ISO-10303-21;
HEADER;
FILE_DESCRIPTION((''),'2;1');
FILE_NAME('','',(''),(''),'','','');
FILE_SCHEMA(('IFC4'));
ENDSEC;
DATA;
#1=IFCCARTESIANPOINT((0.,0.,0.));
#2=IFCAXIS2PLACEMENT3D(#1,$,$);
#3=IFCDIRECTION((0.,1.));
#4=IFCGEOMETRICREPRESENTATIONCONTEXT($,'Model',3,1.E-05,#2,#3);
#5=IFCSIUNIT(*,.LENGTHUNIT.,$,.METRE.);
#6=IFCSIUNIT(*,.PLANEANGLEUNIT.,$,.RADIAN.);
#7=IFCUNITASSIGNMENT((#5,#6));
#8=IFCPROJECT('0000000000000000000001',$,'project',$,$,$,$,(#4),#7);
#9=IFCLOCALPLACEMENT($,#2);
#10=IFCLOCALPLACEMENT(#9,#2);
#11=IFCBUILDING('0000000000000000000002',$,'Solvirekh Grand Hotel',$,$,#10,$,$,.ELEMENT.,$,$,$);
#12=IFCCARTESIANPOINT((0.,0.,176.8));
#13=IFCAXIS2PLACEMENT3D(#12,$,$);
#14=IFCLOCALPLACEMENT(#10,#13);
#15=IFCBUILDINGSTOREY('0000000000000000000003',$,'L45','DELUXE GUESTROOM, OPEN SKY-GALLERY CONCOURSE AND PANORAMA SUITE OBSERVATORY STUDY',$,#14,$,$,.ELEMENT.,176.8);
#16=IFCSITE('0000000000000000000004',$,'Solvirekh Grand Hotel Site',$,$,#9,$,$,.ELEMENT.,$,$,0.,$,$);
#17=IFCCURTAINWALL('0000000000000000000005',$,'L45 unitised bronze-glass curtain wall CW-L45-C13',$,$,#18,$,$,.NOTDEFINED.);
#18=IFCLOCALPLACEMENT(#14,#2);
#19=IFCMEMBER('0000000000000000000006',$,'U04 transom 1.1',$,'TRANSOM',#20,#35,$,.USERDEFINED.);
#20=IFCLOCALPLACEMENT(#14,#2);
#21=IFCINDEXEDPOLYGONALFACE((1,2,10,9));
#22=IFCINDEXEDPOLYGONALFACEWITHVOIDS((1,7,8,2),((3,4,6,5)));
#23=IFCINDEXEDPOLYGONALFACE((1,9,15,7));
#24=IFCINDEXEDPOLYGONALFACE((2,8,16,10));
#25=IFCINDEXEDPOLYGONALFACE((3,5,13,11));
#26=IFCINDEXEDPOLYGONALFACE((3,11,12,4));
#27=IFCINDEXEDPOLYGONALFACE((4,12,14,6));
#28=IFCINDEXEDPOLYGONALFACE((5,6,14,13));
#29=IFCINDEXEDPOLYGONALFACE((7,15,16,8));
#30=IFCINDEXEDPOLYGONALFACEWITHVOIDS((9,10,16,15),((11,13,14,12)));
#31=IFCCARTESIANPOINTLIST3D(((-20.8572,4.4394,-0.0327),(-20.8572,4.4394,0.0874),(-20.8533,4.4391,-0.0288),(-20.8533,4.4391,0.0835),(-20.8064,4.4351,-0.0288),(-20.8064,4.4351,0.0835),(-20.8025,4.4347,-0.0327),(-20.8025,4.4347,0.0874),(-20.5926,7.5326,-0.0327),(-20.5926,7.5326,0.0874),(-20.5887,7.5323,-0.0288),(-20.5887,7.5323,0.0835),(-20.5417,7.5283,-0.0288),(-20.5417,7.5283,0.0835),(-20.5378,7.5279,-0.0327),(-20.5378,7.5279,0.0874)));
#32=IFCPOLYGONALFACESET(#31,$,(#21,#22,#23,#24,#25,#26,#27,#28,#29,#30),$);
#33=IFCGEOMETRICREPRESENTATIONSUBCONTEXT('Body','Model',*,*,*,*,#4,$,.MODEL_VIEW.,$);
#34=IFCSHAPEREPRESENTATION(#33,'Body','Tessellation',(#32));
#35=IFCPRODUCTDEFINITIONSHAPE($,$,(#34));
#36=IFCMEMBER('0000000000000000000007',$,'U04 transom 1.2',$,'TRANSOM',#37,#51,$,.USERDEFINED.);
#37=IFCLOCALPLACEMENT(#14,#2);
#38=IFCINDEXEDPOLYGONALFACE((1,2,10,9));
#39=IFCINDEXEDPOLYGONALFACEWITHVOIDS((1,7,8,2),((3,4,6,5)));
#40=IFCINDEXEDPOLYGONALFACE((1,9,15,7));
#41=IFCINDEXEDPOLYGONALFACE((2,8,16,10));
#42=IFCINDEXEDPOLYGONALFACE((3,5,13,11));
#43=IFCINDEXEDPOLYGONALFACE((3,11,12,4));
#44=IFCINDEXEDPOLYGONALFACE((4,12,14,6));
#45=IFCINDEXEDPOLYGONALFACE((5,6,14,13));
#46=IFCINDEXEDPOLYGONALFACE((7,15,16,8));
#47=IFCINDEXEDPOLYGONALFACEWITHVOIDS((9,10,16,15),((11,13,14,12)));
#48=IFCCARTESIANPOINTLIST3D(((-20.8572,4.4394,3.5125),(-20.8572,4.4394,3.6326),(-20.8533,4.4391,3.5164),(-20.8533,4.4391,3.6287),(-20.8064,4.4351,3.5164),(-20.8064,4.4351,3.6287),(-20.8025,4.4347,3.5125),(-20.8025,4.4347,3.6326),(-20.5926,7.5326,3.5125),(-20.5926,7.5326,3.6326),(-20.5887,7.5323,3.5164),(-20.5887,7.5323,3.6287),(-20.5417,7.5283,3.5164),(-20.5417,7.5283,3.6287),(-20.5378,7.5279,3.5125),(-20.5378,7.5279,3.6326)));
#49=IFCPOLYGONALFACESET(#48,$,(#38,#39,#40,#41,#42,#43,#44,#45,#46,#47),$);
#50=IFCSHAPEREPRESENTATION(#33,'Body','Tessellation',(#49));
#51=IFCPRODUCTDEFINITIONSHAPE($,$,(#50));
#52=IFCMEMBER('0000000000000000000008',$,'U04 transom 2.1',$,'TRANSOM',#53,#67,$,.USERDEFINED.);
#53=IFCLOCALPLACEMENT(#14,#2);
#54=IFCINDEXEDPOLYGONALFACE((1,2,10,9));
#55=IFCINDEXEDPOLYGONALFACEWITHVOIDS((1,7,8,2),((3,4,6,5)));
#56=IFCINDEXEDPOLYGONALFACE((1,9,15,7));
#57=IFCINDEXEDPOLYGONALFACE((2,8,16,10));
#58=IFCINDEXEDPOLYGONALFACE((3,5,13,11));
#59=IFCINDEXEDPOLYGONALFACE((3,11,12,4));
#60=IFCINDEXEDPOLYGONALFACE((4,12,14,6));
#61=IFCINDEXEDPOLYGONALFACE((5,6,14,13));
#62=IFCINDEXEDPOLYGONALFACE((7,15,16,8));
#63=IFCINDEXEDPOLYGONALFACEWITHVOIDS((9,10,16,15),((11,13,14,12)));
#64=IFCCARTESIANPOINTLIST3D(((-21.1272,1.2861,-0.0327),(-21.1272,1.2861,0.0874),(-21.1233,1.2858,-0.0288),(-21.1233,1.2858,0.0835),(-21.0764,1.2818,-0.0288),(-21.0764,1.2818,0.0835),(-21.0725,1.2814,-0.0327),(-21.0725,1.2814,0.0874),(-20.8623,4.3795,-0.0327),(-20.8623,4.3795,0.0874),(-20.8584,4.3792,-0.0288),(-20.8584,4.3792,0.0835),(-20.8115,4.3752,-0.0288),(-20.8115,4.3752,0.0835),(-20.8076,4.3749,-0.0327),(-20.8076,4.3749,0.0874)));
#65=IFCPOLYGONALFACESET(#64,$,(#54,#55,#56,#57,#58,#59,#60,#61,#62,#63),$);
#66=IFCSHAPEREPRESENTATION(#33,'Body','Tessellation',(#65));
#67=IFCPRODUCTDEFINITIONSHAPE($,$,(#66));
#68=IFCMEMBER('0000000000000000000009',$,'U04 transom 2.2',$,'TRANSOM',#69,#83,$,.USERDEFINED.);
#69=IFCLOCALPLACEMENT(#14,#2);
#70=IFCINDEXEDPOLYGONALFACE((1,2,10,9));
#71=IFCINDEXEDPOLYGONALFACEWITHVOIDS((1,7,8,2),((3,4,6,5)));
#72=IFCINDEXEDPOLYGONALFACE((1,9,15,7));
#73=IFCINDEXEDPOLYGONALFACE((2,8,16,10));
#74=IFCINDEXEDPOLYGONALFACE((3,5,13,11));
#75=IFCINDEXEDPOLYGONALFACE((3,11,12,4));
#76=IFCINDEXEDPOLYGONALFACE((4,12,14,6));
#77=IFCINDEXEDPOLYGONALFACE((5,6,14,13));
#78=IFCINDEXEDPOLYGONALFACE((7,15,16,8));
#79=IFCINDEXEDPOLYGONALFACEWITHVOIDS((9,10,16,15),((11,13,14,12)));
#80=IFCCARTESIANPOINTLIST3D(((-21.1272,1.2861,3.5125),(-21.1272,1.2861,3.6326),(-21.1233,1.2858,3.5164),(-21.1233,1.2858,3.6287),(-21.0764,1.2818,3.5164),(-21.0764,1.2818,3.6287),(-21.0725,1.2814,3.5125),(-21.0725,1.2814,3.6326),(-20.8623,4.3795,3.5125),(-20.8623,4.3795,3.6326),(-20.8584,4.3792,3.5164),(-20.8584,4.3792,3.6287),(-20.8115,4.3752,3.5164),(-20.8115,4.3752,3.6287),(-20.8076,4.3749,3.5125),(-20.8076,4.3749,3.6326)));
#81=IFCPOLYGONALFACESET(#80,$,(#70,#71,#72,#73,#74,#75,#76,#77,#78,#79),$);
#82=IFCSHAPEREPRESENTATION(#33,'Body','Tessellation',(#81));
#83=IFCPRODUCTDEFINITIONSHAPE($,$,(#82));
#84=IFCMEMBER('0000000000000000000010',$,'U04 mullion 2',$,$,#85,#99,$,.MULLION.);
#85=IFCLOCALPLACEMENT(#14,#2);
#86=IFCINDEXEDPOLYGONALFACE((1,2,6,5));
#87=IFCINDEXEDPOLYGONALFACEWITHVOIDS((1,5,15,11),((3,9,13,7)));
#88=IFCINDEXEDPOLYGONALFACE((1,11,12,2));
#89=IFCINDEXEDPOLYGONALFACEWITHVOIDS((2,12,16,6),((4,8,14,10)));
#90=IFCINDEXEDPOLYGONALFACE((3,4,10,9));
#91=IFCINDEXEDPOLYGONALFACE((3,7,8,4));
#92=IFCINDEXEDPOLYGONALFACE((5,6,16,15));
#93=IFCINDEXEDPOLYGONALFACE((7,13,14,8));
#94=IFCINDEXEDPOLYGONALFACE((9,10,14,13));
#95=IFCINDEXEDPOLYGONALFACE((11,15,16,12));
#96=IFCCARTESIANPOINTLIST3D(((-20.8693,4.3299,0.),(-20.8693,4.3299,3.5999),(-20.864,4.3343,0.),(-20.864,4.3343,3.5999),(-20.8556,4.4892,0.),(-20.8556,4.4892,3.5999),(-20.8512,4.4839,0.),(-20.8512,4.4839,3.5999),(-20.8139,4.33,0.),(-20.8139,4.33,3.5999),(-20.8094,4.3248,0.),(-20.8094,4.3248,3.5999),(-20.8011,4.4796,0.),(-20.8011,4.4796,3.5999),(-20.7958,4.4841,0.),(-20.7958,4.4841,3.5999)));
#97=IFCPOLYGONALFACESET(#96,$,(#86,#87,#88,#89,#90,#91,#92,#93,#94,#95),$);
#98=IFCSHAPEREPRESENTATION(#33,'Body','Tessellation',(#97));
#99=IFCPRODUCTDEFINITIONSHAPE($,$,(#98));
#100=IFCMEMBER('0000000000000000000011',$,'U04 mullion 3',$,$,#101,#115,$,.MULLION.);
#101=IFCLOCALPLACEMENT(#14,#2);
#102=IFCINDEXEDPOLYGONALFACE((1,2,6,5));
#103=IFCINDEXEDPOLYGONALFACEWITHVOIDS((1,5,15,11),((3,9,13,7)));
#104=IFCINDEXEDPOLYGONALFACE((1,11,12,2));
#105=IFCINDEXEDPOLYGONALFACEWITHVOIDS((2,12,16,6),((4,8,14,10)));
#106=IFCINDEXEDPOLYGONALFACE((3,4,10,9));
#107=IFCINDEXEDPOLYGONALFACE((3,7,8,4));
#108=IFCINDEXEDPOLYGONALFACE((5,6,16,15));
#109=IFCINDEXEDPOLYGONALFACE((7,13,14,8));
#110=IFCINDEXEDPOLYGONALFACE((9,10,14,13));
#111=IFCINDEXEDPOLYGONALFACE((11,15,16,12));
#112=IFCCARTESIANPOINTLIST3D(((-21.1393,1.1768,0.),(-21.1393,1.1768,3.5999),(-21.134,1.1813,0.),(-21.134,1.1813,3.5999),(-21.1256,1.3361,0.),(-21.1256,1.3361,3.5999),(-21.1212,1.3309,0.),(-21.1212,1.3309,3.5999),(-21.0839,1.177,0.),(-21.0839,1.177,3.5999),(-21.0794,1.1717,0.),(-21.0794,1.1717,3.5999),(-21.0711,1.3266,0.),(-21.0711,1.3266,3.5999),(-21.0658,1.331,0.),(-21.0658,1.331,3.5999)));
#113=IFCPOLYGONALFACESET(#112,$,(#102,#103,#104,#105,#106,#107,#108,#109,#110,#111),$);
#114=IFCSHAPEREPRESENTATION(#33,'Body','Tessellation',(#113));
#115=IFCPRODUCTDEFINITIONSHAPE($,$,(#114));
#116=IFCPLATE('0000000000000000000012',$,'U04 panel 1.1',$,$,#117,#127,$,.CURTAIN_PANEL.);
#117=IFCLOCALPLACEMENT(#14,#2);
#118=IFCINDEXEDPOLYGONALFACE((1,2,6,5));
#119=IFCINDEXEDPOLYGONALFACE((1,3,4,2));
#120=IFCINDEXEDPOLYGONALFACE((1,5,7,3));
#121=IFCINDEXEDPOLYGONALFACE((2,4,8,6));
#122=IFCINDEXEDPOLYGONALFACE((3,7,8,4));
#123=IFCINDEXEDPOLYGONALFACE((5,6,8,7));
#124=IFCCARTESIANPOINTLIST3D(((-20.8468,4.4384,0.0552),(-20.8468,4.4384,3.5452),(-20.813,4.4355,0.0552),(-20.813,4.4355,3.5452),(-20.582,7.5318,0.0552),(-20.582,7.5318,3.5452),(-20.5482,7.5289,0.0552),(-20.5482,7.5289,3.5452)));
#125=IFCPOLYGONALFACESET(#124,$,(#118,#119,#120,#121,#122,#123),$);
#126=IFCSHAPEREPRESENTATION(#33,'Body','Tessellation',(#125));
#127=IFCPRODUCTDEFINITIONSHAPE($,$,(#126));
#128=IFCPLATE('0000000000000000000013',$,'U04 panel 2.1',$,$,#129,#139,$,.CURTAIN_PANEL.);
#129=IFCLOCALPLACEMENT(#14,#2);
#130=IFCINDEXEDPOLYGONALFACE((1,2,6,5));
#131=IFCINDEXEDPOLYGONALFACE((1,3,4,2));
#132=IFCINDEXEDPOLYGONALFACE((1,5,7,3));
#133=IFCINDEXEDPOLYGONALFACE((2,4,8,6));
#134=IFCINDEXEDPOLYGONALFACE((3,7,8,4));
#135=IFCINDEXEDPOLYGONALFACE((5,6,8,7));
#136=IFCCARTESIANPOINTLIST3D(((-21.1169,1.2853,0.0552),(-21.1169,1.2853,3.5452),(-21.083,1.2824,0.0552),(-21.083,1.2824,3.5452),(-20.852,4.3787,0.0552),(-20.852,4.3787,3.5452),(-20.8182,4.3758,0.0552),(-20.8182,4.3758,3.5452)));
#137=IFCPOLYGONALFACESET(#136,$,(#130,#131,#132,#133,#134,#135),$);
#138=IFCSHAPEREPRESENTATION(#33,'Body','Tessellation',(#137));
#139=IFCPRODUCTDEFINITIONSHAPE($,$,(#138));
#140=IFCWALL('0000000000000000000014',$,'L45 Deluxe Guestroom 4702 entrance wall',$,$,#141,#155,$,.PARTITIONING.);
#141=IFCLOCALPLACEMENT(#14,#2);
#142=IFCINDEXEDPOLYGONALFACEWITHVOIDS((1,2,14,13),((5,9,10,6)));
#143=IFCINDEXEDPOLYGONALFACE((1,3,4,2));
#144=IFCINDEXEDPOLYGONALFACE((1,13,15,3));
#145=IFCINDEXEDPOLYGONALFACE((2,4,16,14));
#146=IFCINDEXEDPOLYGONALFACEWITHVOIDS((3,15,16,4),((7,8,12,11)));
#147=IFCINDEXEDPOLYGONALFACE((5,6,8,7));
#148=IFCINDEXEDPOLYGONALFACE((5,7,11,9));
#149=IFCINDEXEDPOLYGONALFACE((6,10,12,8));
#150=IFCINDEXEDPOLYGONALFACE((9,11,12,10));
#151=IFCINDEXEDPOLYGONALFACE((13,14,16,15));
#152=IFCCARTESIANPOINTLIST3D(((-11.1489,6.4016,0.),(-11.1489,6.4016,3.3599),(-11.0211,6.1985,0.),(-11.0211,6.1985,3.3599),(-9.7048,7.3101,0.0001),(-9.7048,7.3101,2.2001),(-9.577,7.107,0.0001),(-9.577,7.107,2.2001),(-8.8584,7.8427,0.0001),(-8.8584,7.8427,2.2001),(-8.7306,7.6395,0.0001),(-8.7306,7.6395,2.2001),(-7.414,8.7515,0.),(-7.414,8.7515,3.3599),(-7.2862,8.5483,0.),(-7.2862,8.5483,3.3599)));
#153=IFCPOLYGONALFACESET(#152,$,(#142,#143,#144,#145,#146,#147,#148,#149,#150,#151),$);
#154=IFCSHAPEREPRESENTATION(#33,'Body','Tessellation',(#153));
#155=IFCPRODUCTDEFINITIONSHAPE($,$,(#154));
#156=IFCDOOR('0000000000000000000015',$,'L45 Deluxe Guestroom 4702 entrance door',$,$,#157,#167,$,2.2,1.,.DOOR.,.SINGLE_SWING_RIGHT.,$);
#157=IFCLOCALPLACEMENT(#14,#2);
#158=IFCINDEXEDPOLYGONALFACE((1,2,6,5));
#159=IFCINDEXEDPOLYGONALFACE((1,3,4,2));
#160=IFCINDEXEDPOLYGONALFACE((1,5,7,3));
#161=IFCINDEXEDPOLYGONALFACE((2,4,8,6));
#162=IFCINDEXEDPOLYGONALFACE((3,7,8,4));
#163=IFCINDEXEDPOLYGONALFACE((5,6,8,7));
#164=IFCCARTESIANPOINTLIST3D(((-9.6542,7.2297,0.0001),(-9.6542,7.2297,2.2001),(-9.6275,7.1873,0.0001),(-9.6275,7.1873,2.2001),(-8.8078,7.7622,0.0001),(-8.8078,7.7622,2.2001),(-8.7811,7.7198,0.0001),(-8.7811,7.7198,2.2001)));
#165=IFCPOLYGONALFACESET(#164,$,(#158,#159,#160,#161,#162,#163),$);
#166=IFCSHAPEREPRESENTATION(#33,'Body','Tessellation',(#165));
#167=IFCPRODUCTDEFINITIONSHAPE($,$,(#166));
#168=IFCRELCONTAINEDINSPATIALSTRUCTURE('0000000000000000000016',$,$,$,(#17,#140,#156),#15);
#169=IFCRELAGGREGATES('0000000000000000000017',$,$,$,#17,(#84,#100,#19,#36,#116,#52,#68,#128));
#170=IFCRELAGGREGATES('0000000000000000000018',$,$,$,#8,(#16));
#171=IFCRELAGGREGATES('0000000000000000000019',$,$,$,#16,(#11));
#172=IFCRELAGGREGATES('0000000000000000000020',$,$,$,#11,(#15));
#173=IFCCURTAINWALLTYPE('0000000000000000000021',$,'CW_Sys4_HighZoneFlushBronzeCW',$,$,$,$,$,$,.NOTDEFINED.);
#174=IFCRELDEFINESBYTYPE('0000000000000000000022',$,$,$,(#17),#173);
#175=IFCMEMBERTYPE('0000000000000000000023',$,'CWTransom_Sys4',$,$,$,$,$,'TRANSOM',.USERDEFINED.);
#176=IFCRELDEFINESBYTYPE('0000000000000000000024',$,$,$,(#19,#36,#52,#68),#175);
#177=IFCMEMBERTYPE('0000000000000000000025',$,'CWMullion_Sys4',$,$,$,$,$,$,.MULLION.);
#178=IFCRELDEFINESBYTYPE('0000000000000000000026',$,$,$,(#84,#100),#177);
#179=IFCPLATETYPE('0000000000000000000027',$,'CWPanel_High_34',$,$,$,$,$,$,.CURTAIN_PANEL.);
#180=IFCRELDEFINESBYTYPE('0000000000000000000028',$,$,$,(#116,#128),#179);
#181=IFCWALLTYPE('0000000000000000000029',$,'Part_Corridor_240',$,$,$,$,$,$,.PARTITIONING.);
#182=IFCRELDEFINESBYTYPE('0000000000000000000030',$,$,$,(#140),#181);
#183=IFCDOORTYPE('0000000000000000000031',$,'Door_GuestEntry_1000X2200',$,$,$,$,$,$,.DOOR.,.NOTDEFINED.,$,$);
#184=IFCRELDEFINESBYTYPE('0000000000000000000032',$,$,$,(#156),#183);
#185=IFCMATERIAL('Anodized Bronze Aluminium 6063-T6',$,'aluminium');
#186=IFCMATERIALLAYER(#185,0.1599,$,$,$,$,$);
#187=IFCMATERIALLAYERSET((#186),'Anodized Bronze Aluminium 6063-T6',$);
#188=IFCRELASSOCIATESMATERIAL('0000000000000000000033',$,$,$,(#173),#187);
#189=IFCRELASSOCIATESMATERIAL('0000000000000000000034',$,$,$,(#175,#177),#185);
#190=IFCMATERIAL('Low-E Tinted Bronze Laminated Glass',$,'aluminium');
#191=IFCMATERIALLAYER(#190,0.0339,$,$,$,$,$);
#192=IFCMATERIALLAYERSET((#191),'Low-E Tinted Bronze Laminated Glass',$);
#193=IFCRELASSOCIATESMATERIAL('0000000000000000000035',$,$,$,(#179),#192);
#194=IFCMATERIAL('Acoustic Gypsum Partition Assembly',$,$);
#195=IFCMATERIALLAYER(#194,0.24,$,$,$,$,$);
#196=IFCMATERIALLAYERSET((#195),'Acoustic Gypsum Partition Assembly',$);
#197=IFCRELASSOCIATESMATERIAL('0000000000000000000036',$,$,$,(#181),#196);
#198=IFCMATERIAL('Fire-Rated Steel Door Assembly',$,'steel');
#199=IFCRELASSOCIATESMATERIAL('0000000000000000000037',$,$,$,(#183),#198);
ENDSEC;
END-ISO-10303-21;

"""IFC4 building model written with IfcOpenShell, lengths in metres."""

from ifc_helpers import new_model, si_unit, direction, frame, frame_2d, origin, origin_2d, place, context, subcontext, project, spatial, rectangle, hollow_rectangle, extrude, source, transform, mapped, material, layer, layer_set, material_profile, profile_set, type_object, element, fill, aggregate, save


model = new_model("IFC4")

# Units and contexts
model_context = context("Model", 3, precision=1e-05, world=origin(), true_north=direction((0.0, 1.0)))
body_context = subcontext(model_context, "Body", "Model", "MODEL_VIEW")
ifc_project = project(units=[si_unit("LENGTHUNIT", "METRE"), si_unit("PLANEANGLEUNIT", "RADIAN")], contexts=[model_context])

# Site, building, storey
site_placement = place(None, origin())
site = spatial("IfcSite", under=ifc_project, at=site_placement, Name="Solvirekh Grand Hotel Site", CompositionType="ELEMENT", RefElevation=0.0)
building_placement = place(site_placement, origin())
building = spatial("IfcBuilding", under=site, at=building_placement, Name="Solvirekh Grand Hotel", CompositionType="ELEMENT")
storey_placement = place(building_placement, frame((0.0, 0.0, 176.8)))
storey = spatial("IfcBuildingStorey", under=building, at=storey_placement, Name="L45", Description="DELUXE GUESTROOM, OPEN SKY-GALLERY CONCOURSE AND PANORAMA SUITE OBSERVATORY STUDY", CompositionType="ELEMENT", Elevation=176.8)

# Curtain wall, members, plates
ifc_material_1 = material(Name="Anodized Bronze Aluminium 6063-T6", Category="aluminium")
ifc_layer_1 = layer(ifc_material_1, 0.1599)
ifc_layer_set_1 = layer_set([ifc_layer_1], Name="Anodized Bronze Aluminium 6063-T6")
curtain_wall_type = type_object("IfcCurtainWallType", Name="CW_Sys4_HighZoneFlushBronzeCW", PredefinedType="NOTDEFINED", material=ifc_layer_set_1)
curtain_wall_placement = place(storey_placement, origin())
curtain_wall = element("IfcCurtainWall", 1, at=curtain_wall_placement, inside=storey, type_object=curtain_wall_type, Name="L45 unitised bronze-glass curtain wall CW-L45-C13", PredefinedType="NOTDEFINED")
ifc_material_profile_1 = material_profile(ifc_material_1, hollow_rectangle(XDim=0.0549, YDim=0.1201, WallThickness=0.0039, at=origin_2d()), Name="ALU RHS 120X55X4")
ifc_profile_set_1 = profile_set([ifc_material_profile_1], Name="Anodized Bronze Aluminium 6063-T6")
member_type_1 = type_object("IfcMemberType", Name="CWTransom_Sys4", ElementType="TRANSOM", PredefinedType="USERDEFINED", material=ifc_profile_set_1)
shared_shape_1 = source(origin(), body_context, "Body", "SweptSolid", [
    extrude(hollow_rectangle(XDim=0.0549, YDim=0.1201, WallThickness=0.0039, at=origin_2d()), origin(), (0.0, 0.0, 1.0), 3.1045),
])
member_1_placement = place(storey_placement, frame((-20.5652, 7.5303, 0.0273), z_axis=(-0.085245, -0.99636, 0.0), x_axis=(0.99636, -0.085245, 0.0)))
member_1 = element("IfcMember", 2, at=member_1_placement, type_object=member_type_1, Name="U04 transom 1.1", ObjectType="TRANSOM", PredefinedType="USERDEFINED", context=body_context, shape_type="MappedRepresentation", body=[
    mapped(shared_shape_1, transform((0.0, 0.0, 0.0), x_axis=(1.0, 0.0, 0.0), y_axis=(0.0, 1.0, 0.0), z_axis=(0.0, 0.0, 1.0), scale=1.0)),
])
member_2_placement = place(storey_placement, frame((-20.5652, 7.5303, 3.5725), z_axis=(-0.085245, -0.99636, 0.0), x_axis=(0.99636, -0.085245, 0.0)))
member_2 = element("IfcMember", 3, at=member_2_placement, type_object=member_type_1, Name="U04 transom 1.2", ObjectType="TRANSOM", PredefinedType="USERDEFINED", context=body_context, shape_type="MappedRepresentation", body=[
    mapped(shared_shape_1, transform((0.0, 0.0, 0.0), x_axis=(1.0, 0.0, 0.0), y_axis=(0.0, 1.0, 0.0), z_axis=(0.0, 0.0, 1.0), scale=1.0)),
])
shared_shape_2 = source(origin(), body_context, "Body", "SweptSolid", [
    extrude(hollow_rectangle(XDim=0.0549, YDim=0.1201, WallThickness=0.0039, at=origin_2d()), origin(), (0.0, 0.0, 1.0), 3.1047),
])
member_3_placement = place(storey_placement, frame((-20.835, 4.3772, 0.0273), z_axis=(-0.085316, -0.996354, 0.0), x_axis=(0.996354, -0.085316, 0.0)))
member_3 = element("IfcMember", 4, at=member_3_placement, type_object=member_type_1, Name="U04 transom 2.1", ObjectType="TRANSOM", PredefinedType="USERDEFINED", context=body_context, shape_type="MappedRepresentation", body=[
    mapped(shared_shape_2, transform((0.0, 0.0, 0.0), x_axis=(1.0, 0.0, 0.0), y_axis=(0.0, 1.0, 0.0), z_axis=(0.0, 0.0, 1.0), scale=1.0)),
])
member_4_placement = place(storey_placement, frame((-20.835, 4.3772, 3.5725), z_axis=(-0.085316, -0.996354, 0.0), x_axis=(0.996354, -0.085316, 0.0)))
member_4 = element("IfcMember", 5, at=member_4_placement, type_object=member_type_1, Name="U04 transom 2.2", ObjectType="TRANSOM", PredefinedType="USERDEFINED", context=body_context, shape_type="MappedRepresentation", body=[
    mapped(shared_shape_2, transform((0.0, 0.0, 0.0), x_axis=(1.0, 0.0, 0.0), y_axis=(0.0, 1.0, 0.0), z_axis=(0.0, 0.0, 1.0), scale=1.0)),
])
ifc_material_profile_2 = material_profile(ifc_material_1, hollow_rectangle(XDim=0.0601, YDim=0.1599, WallThickness=0.0049, at=origin_2d()), Name="ALU RHS 160X60X5")
ifc_profile_set_2 = profile_set([ifc_material_profile_2], Name="Anodized Bronze Aluminium 6063-T6")
member_type_2 = type_object("IfcMemberType", Name="CWMullion_Sys4", PredefinedType="MULLION", material=ifc_profile_set_2)
shared_shape_3 = source(origin(), body_context, "Body", "SweptSolid", [
    extrude(hollow_rectangle(XDim=0.0601, YDim=0.1599, WallThickness=0.0049, at=origin_2d()), origin(), (0.0, 0.0, 1.0), 3.5999),
])
member_5_placement = place(storey_placement, frame((-20.8325, 4.407, 0.0), z_axis=(0.0, 0.0, 1.0), x_axis=(0.996355, -0.085299, 0.0)))
member_5 = element("IfcMember", 6, at=member_5_placement, type_object=member_type_2, Name="U04 mullion 2", PredefinedType="MULLION", context=body_context, shape_type="MappedRepresentation", body=[
    mapped(shared_shape_3, transform((0.0, 0.0, 0.0), x_axis=(1.0, 0.0, 0.0), y_axis=(0.0, 1.0, 0.0), z_axis=(0.0, 0.0, 1.0), scale=1.0)),
])
member_6_placement = place(storey_placement, frame((-21.1025, 1.2539, 0.0), z_axis=(0.0, 0.0, 1.0), x_axis=(0.996355, -0.085299, 0.0)))
member_6 = element("IfcMember", 7, at=member_6_placement, type_object=member_type_2, Name="U04 mullion 3", PredefinedType="MULLION", context=body_context, shape_type="MappedRepresentation", body=[
    mapped(shared_shape_3, transform((0.0, 0.0, 0.0), x_axis=(1.0, 0.0, 0.0), y_axis=(0.0, 1.0, 0.0), z_axis=(0.0, 0.0, 1.0), scale=1.0)),
])
ifc_material_2 = material(Name="Low-E Tinted Bronze Laminated Glass", Category="aluminium")
ifc_layer_2 = layer(ifc_material_2, 0.0339)
ifc_layer_set_2 = layer_set([ifc_layer_2], Name="Low-E Tinted Bronze Laminated Glass")
plate_type = type_object("IfcPlateType", Name="CWPanel_High_34", PredefinedType="CURTAIN_PANEL", material=ifc_layer_set_2)
shared_shape_4 = source(origin(), body_context, "Body", "SweptSolid", [
    extrude(rectangle(XDim=3.1047, YDim=0.0339, at=origin_2d()), origin(), (0.0, 0.0, 1.0), 3.49),
])
plate_1_placement = place(storey_placement, frame((-20.6975, 5.9836, 0.0552), z_axis=(0.0, 0.0, 1.0), x_axis=(-0.085299, -0.996355, 0.0)))
plate_1 = element("IfcPlate", 8, at=plate_1_placement, type_object=plate_type, Name="U04 panel 1.1", PredefinedType="CURTAIN_PANEL", context=body_context, shape_type="MappedRepresentation", body=[
    mapped(shared_shape_4, transform((0.0, 0.0, 0.0), x_axis=(1.0, 0.0, 0.0), y_axis=(0.0, 1.0, 0.0), z_axis=(0.0, 0.0, 1.0), scale=1.0)),
])
plate_2_placement = place(storey_placement, frame((-20.9675, 2.8306, 0.0552), z_axis=(0.0, 0.0, 1.0), x_axis=(-0.085299, -0.996355, 0.0)))
plate_2 = element("IfcPlate", 9, at=plate_2_placement, type_object=plate_type, Name="U04 panel 2.1", PredefinedType="CURTAIN_PANEL", context=body_context, shape_type="MappedRepresentation", body=[
    mapped(shared_shape_4, transform((0.0, 0.0, 0.0), x_axis=(1.0, 0.0, 0.0), y_axis=(0.0, 1.0, 0.0), z_axis=(0.0, 0.0, 1.0), scale=1.0)),
])
aggregate(curtain_wall, [member_5, member_6, member_1, member_2, plate_1, member_3, member_4, plate_2])

# Wall, opening, door
ifc_material_3 = material(Name="Acoustic Gypsum Partition Assembly")
ifc_layer_3 = layer(ifc_material_3, 0.24)
ifc_layer_set_3 = layer_set([ifc_layer_3], Name="Acoustic Gypsum Partition Assembly")
wall_type_1 = type_object("IfcWallType", Name="Part_Corridor_240", PredefinedType="PARTITIONING", material=ifc_layer_set_3)
wall_1_placement = place(storey_placement, frame((-11.085, 6.3, 0.0), z_axis=(0.0, 0.0, 1.0), x_axis=(0.846409, 0.532533, 0.0)))
wall_1 = element("IfcWall", 10, at=wall_1_placement, inside=storey, type_object=wall_type_1, Name="L45 Deluxe Guestroom 4702 entrance wall", PredefinedType="PARTITIONING", context=body_context, shape_type="SweptSolid", body=[
    extrude(rectangle(XDim=4.4126, YDim=0.24, at=frame_2d((2.2063, 0.0))), origin(), (0.0, 0.0, 1.0), 3.3599),
])
opening_1_placement = place(wall_1_placement, frame((1.7061, 0.0, 0.0)))
opening_1 = element("IfcOpeningElement", 11, at=opening_1_placement, cuts=wall_1, PredefinedType="OPENING", context=body_context, shape_type="SweptSolid", body=[
    extrude(rectangle(XDim=1.0, YDim=2.2, at=frame_2d((0.5, 1.1001))), frame((0.0, 0.1299, 0.0), z_axis=(0.0, -1.0, 0.0), x_axis=(1.0, 0.0, 0.0)), (0.0, 0.0, 1.0), 0.26),
])
ifc_material_4 = material(Name="Fire-Rated Steel Door Assembly", Category="steel")
door_type_1 = type_object("IfcDoorType", Name="Door_GuestEntry_1000X2200", OperationType="NOTDEFINED", PredefinedType="DOOR", material=ifc_material_4)
door_1_placement = place(opening_1_placement, origin())
door_1 = element("IfcDoor", 12, at=door_1_placement, inside=storey, type_object=door_type_1, Name="L45 Deluxe Guestroom 4702 entrance door", OperationType="SINGLE_SWING_RIGHT", OverallHeight=2.2, OverallWidth=1.0, PredefinedType="DOOR", context=body_context, shape_type="SweptSolid", body=[
    extrude(rectangle(XDim=1.0, YDim=2.2, at=frame_2d((0.5, 1.1001))), frame((0.0, 0.0249, 0.0), z_axis=(0.0, -1.0, 0.0), x_axis=(1.0, 0.0, 0.0)), (0.0, 0.0, 1.0), 0.05),
])
fill(opening_1, door_1)

save(model, "model.ifc")
